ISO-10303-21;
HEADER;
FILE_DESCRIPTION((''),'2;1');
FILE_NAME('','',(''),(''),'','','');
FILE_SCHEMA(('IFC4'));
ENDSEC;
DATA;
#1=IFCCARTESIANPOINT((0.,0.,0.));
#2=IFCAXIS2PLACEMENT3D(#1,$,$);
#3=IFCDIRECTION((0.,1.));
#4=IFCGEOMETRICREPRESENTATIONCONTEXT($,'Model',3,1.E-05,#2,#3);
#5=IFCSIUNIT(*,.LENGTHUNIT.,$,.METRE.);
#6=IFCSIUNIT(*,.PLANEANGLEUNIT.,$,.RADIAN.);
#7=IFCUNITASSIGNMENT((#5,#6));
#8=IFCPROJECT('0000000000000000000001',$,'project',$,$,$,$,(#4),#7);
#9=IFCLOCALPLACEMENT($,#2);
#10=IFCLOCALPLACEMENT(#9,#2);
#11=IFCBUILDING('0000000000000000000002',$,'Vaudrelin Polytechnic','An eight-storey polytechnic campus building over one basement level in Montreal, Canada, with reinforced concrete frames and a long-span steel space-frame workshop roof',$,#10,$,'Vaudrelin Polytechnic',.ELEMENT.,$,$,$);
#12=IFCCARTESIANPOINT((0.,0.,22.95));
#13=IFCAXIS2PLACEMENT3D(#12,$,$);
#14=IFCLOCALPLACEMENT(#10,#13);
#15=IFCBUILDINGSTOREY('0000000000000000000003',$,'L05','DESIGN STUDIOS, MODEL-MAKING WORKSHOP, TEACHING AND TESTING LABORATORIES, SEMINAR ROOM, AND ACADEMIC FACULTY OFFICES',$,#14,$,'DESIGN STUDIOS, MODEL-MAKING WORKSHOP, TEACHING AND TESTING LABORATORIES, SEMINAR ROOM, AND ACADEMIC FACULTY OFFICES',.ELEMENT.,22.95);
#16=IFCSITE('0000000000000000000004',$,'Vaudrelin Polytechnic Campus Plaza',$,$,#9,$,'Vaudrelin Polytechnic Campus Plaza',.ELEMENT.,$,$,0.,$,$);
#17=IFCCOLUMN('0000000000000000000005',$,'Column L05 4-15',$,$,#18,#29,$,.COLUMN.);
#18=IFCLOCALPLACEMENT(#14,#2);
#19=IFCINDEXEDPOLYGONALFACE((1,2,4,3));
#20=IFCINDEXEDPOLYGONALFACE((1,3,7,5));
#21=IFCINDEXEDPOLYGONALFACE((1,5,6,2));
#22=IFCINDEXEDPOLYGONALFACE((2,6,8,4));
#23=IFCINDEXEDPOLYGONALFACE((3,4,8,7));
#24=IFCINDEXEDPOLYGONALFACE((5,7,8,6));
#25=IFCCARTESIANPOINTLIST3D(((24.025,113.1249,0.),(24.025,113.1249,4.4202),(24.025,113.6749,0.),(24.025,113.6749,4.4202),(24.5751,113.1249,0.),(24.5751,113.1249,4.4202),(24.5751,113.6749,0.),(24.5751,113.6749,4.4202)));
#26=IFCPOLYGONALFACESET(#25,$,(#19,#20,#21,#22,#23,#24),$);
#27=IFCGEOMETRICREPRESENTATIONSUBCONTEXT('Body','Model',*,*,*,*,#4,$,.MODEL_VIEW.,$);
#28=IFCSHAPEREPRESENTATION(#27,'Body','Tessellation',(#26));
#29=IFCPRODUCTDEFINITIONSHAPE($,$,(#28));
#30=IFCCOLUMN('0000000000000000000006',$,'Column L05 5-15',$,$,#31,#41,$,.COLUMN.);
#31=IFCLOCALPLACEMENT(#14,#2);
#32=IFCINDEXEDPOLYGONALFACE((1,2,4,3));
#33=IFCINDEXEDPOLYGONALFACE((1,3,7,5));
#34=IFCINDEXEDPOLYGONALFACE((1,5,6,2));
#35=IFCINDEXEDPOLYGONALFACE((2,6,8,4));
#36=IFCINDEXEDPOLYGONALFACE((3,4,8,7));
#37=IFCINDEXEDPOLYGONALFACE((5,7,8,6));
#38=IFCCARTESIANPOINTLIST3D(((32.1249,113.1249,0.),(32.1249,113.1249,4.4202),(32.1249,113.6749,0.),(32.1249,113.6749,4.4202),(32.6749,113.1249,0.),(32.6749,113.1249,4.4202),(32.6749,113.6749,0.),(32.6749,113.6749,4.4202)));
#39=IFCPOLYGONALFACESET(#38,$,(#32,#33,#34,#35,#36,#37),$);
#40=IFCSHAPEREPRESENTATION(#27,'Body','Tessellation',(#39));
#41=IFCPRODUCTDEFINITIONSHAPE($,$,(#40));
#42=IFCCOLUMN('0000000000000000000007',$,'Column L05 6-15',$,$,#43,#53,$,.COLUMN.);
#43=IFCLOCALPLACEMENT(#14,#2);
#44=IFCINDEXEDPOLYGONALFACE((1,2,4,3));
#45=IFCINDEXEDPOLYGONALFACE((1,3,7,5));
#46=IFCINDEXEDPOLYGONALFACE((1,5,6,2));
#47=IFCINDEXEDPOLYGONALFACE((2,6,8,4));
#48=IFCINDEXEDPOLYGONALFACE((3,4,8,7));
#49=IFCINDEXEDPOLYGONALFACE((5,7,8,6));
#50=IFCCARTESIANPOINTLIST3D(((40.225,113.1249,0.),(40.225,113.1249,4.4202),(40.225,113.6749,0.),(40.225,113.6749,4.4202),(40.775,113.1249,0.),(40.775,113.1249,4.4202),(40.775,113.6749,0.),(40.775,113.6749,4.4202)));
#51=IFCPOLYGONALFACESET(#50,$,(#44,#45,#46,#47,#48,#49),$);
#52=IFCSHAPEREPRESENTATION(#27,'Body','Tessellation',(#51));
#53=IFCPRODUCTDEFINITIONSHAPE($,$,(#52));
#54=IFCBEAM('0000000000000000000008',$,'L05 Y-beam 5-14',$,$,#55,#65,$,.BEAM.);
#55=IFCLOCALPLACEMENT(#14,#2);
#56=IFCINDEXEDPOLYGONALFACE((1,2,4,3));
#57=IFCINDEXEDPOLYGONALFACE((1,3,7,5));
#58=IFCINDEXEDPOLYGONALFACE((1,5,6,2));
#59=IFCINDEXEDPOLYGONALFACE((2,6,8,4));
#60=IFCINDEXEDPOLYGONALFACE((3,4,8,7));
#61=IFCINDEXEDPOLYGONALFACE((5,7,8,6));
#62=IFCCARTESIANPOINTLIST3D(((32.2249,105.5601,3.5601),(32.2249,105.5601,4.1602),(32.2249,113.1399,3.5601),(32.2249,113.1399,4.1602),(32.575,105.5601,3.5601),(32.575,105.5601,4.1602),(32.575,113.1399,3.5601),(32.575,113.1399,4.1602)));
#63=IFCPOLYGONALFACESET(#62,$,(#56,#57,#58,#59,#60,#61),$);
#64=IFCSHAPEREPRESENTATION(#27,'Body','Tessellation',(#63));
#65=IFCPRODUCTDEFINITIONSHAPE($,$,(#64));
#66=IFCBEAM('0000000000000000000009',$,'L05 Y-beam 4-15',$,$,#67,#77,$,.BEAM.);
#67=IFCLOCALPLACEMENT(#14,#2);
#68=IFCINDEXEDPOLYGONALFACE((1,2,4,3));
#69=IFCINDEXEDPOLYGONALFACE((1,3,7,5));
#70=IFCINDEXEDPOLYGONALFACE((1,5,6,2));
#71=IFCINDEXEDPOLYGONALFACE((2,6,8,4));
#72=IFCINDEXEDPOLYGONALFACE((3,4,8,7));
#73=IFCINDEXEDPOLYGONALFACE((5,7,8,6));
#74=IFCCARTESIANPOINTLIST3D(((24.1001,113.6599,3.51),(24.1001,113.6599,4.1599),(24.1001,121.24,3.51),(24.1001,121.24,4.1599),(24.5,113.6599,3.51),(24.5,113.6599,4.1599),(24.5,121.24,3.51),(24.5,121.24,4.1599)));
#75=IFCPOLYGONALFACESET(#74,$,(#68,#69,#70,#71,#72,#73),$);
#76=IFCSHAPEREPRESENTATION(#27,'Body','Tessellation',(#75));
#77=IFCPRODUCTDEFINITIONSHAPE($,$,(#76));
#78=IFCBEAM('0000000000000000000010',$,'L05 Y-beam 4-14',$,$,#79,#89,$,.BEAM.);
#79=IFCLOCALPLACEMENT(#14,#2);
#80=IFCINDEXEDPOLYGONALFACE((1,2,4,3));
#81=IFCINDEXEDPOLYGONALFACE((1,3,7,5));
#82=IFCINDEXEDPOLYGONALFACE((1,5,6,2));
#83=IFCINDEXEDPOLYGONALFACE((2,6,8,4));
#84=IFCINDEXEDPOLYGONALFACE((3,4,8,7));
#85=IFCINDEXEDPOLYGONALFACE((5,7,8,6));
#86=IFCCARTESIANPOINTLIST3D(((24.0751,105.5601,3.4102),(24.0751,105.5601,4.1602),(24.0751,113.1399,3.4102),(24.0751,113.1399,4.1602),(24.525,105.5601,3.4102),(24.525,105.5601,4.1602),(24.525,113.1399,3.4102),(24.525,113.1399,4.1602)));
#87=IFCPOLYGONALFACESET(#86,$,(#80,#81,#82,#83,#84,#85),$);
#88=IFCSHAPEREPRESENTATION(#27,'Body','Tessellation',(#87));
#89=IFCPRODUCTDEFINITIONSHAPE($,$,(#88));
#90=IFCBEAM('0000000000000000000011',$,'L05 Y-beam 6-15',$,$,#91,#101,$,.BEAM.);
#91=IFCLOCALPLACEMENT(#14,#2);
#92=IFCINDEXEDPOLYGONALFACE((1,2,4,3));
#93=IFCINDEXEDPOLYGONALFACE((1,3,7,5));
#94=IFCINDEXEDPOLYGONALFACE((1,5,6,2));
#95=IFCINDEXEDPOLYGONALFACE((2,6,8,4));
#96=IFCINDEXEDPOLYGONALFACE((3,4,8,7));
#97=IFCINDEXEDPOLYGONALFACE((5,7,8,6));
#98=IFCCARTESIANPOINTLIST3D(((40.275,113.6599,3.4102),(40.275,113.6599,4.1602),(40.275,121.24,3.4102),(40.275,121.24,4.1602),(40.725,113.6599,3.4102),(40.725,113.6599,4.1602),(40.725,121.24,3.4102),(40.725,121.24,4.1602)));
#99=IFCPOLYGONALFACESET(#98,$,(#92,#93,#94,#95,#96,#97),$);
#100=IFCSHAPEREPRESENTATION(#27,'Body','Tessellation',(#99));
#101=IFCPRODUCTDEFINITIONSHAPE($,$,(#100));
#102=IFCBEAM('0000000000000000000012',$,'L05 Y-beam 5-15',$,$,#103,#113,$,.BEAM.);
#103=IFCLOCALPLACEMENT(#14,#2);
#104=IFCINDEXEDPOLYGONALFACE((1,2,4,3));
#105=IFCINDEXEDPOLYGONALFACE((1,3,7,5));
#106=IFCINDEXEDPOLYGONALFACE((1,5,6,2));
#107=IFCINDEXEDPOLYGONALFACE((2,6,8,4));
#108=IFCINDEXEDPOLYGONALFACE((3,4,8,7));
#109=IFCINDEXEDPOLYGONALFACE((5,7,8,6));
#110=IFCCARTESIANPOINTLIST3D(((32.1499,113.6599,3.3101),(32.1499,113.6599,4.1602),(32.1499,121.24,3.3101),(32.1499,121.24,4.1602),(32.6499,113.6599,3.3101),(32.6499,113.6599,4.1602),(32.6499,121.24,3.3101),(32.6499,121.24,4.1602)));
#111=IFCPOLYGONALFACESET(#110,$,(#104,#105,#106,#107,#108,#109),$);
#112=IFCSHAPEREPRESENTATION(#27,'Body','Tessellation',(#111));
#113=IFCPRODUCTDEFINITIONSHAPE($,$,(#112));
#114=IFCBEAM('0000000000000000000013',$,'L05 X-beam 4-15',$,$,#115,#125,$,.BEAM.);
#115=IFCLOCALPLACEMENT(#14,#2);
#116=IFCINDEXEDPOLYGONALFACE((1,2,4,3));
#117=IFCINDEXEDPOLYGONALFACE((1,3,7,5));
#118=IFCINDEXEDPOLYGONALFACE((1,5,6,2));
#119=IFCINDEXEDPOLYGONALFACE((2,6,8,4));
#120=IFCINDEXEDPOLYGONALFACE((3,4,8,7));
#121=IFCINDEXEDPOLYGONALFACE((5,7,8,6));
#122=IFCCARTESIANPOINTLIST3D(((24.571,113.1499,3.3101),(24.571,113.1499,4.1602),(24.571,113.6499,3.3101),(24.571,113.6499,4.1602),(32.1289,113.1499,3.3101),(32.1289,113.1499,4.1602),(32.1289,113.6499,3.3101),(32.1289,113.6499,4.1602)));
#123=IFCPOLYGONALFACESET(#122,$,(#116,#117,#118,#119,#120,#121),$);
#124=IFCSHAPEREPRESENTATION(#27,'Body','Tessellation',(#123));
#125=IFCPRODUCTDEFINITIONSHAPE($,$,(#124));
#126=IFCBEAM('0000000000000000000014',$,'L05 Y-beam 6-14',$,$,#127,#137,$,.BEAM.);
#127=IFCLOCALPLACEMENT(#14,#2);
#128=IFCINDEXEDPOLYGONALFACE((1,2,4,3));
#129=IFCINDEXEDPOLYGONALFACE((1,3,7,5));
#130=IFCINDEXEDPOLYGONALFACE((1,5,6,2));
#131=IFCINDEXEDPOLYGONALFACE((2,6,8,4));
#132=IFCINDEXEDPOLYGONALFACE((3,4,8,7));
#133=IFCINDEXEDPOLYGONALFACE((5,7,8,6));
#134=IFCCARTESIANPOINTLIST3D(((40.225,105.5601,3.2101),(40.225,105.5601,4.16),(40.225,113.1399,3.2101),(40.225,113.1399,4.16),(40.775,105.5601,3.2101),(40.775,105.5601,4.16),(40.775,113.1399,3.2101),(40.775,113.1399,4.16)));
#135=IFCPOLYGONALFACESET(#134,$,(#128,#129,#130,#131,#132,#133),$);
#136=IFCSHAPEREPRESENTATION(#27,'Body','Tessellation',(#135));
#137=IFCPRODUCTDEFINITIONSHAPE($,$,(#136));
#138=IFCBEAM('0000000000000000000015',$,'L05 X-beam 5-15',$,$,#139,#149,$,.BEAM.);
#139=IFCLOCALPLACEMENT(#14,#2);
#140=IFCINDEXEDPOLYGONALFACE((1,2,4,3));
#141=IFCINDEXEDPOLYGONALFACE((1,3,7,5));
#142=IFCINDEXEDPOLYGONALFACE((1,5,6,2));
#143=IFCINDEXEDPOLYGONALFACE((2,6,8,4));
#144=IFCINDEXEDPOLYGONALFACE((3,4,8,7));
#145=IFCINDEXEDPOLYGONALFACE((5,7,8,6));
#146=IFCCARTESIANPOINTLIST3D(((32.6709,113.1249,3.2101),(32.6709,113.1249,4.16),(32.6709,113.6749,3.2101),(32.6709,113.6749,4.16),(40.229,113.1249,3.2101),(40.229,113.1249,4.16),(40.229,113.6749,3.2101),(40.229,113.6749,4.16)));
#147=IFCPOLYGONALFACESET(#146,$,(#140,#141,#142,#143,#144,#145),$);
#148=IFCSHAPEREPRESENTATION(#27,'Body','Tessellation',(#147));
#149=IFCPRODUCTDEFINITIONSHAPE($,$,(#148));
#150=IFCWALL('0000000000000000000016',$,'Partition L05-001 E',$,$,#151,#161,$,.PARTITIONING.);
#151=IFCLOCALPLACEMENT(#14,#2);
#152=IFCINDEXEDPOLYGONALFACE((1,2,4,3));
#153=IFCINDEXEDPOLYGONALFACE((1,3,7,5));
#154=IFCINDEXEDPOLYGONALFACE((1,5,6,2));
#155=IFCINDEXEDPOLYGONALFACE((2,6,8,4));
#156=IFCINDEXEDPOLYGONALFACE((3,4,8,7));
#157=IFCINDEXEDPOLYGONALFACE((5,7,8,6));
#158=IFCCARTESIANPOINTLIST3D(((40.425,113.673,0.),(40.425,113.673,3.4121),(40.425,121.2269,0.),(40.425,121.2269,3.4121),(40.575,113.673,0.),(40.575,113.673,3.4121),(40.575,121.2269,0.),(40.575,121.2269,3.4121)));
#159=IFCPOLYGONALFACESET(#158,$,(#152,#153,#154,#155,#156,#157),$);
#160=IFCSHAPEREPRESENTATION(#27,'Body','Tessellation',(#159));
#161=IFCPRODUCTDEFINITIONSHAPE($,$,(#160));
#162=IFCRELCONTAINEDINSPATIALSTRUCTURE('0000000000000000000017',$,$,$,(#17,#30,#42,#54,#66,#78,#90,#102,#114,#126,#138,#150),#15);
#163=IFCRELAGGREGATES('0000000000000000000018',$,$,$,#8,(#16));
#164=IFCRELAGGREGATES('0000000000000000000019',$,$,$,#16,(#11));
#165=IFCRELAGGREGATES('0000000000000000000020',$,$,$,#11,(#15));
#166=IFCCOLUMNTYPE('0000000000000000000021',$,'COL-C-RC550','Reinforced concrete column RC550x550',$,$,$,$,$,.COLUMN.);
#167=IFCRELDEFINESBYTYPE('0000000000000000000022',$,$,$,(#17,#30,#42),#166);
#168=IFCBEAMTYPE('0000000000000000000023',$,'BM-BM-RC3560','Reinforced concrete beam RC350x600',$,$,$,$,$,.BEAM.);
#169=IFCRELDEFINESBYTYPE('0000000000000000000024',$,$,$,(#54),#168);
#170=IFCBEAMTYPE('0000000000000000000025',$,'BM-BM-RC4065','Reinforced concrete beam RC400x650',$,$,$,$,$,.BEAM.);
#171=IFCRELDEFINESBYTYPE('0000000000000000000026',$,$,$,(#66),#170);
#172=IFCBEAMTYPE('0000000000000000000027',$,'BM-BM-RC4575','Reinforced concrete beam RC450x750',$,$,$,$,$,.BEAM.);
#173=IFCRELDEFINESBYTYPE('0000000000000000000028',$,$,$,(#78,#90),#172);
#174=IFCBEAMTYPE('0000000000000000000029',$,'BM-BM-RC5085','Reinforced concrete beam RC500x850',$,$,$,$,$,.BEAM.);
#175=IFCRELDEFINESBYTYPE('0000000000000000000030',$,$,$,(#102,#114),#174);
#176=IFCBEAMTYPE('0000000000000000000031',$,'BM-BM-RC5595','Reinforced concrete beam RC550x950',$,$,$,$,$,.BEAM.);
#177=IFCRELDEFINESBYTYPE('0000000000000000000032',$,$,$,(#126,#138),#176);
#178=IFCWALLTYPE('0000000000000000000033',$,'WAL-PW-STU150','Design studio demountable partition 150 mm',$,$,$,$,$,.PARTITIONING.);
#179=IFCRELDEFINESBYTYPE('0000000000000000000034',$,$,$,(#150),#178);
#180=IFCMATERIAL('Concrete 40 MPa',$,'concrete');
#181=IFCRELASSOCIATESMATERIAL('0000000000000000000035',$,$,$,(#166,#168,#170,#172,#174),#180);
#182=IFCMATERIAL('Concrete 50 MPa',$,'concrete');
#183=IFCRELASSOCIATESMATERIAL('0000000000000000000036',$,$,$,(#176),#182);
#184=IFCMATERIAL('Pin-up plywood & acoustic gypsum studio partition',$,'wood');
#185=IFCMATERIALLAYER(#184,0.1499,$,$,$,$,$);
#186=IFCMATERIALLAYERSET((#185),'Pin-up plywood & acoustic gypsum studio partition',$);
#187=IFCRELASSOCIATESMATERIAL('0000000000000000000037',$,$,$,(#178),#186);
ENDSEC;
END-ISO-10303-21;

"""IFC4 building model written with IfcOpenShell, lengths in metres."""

from ifc_helpers import new_model, si_unit, direction, frame, frame_2d, origin, origin_2d, place, context, subcontext, project, spatial, rectangle, extrude, material, layer, layer_set, material_profile, profile_set, type_object, element, save


model = new_model("IFC4")

# Units and contexts
model_context = context("Model", 3, precision=1e-05, world=origin(), true_north=direction((0.0, 1.0)))
body_context = subcontext(model_context, "Body", "Model", "MODEL_VIEW")
ifc_project = project(units=[si_unit("LENGTHUNIT", "METRE"), si_unit("PLANEANGLEUNIT", "RADIAN")], contexts=[model_context])

# Site, building, storey
site_placement = place(None, origin())
site = spatial("IfcSite", under=ifc_project, at=site_placement, Name="Vaudrelin Polytechnic Campus Plaza", LongName="Vaudrelin Polytechnic Campus Plaza", CompositionType="ELEMENT", RefElevation=0.0)
building_placement = place(site_placement, origin())
building = spatial("IfcBuilding", under=site, at=building_placement, Name="Vaudrelin Polytechnic", Description="An eight-storey polytechnic campus building over one basement level in Montreal, Canada, with reinforced concrete frames and a long-span steel space-frame workshop roof", LongName="Vaudrelin Polytechnic", CompositionType="ELEMENT")
storey_placement = place(building_placement, frame((0.0, 0.0, 22.95)))
storey = spatial("IfcBuildingStorey", under=building, at=storey_placement, Name="L05", Description="DESIGN STUDIOS, MODEL-MAKING WORKSHOP, TEACHING AND TESTING LABORATORIES, SEMINAR ROOM, AND ACADEMIC FACULTY OFFICES", LongName="DESIGN STUDIOS, MODEL-MAKING WORKSHOP, TEACHING AND TESTING LABORATORIES, SEMINAR ROOM, AND ACADEMIC FACULTY OFFICES", CompositionType="ELEMENT", Elevation=22.95)

# Columns
ifc_material_1 = material(Name="Concrete 40 MPa", Category="concrete")
ifc_material_profile_1 = material_profile(ifc_material_1, rectangle(XDim=0.55, YDim=0.55, at=origin_2d()), Name="RC550x550")
ifc_profile_set_1 = profile_set([ifc_material_profile_1], Name="Concrete 40 MPa")
column_type = type_object("IfcColumnType", Name="COL-C-RC550", Description="Reinforced concrete column RC550x550", PredefinedType="COLUMN", material=ifc_profile_set_1)
for number, where, z_axis, x_axis, name in (
    (1, (24.3, 113.3999, 0.0), (0.0, 0.0, 1.0), (1.0, 0.0, 0.0), "Column L05 4-15"),
    (2, (32.3999, 113.3999, 0.0), (0.0, 0.0, 1.0), (1.0, 0.0, 0.0), "Column L05 5-15"),
    (3, (40.5, 113.3999, 0.0), (0.0, 0.0, 1.0), (1.0, 0.0, 0.0), "Column L05 6-15"),
):
    element("IfcColumn", number, at=place(storey_placement, frame(where, z_axis=z_axis, x_axis=x_axis)), inside=storey, type_object=column_type, Name=name, PredefinedType="COLUMN", context=body_context, shape_type="SweptSolid", body=[
        extrude(rectangle(XDim=0.55, YDim=0.55, at=origin_2d()), origin(), (0.0, 0.0, 1.0), 4.4202),
    ])

# Beams
ifc_material_profile_2 = material_profile(ifc_material_1, rectangle(XDim=0.3501, YDim=0.6001, at=origin_2d()), Name="RC350x600")
ifc_profile_set_2 = profile_set([ifc_material_profile_2], Name="Concrete 40 MPa")
beam_type_1 = type_object("IfcBeamType", Name="BM-BM-RC3560", Description="Reinforced concrete beam RC350x600", PredefinedType="BEAM", material=ifc_profile_set_2)
beam_1_placement = place(storey_placement, frame((32.3999, 105.5601, 3.8601), z_axis=(0.0, 1.0, 0.0), x_axis=(-1.0, 0.0, 0.0)))
element("IfcBeam", 4, at=beam_1_placement, inside=storey, type_object=beam_type_1, Name="L05 Y-beam 5-14", PredefinedType="BEAM", context=body_context, shape_type="SweptSolid", body=[
    extrude(rectangle(XDim=0.3501, YDim=0.6001, at=origin_2d()), origin(), (0.0, 0.0, 1.0), 7.5798),
])
ifc_material_profile_3 = material_profile(ifc_material_1, rectangle(XDim=0.3999, YDim=0.6499, at=origin_2d()), Name="RC400x650")
ifc_profile_set_3 = profile_set([ifc_material_profile_3], Name="Concrete 40 MPa")
beam_type_2 = type_object("IfcBeamType", Name="BM-BM-RC4065", Description="Reinforced concrete beam RC400x650", PredefinedType="BEAM", material=ifc_profile_set_3)
beam_2_placement = place(storey_placement, frame((24.3, 113.6599, 3.835), z_axis=(0.0, 1.0, 0.0), x_axis=(-1.0, 0.0, 0.0)))
element("IfcBeam", 5, at=beam_2_placement, inside=storey, type_object=beam_type_2, Name="L05 Y-beam 4-15", PredefinedType="BEAM", context=body_context, shape_type="SweptSolid", body=[
    extrude(rectangle(XDim=0.3999, YDim=0.6499, at=origin_2d()), origin(), (0.0, 0.0, 1.0), 7.5801),
])
ifc_material_profile_4 = material_profile(ifc_material_1, rectangle(XDim=0.45, YDim=0.75, at=origin_2d()), Name="RC450x750")
ifc_profile_set_4 = profile_set([ifc_material_profile_4], Name="Concrete 40 MPa")
beam_type_3 = type_object("IfcBeamType", Name="BM-BM-RC4575", Description="Reinforced concrete beam RC450x750", PredefinedType="BEAM", material=ifc_profile_set_4)
beam_3_placement = place(storey_placement, frame((24.3, 105.5601, 3.7852), z_axis=(0.0, 1.0, 0.0), x_axis=(-1.0, 0.0, 0.0)))
element("IfcBeam", 6, at=beam_3_placement, inside=storey, type_object=beam_type_3, Name="L05 Y-beam 4-14", PredefinedType="BEAM", context=body_context, shape_type="SweptSolid", body=[
    extrude(rectangle(XDim=0.45, YDim=0.75, at=origin_2d()), origin(), (0.0, 0.0, 1.0), 7.5798),
])
beam_4_placement = place(storey_placement, frame((40.5, 113.6599, 3.7852), z_axis=(0.0, 1.0, 0.0), x_axis=(-1.0, 0.0, 0.0)))
element("IfcBeam", 7, at=beam_4_placement, inside=storey, type_object=beam_type_3, Name="L05 Y-beam 6-15", PredefinedType="BEAM", context=body_context, shape_type="SweptSolid", body=[
    extrude(rectangle(XDim=0.45, YDim=0.75, at=origin_2d()), origin(), (0.0, 0.0, 1.0), 7.5801),
])
ifc_material_profile_5 = material_profile(ifc_material_1, rectangle(XDim=0.5, YDim=0.8501, at=origin_2d()), Name="RC500x850")
ifc_profile_set_5 = profile_set([ifc_material_profile_5], Name="Concrete 40 MPa")
beam_type_4 = type_object("IfcBeamType", Name="BM-BM-RC5085", Description="Reinforced concrete beam RC500x850", PredefinedType="BEAM", material=ifc_profile_set_5)
beam_5_placement = place(storey_placement, frame((32.3999, 113.6599, 3.7351), z_axis=(0.0, 1.0, 0.0), x_axis=(-1.0, 0.0, 0.0)))
element("IfcBeam", 8, at=beam_5_placement, inside=storey, type_object=beam_type_4, Name="L05 Y-beam 5-15", PredefinedType="BEAM", context=body_context, shape_type="SweptSolid", body=[
    extrude(rectangle(XDim=0.5, YDim=0.8501, at=origin_2d()), origin(), (0.0, 0.0, 1.0), 7.5801),
])
beam_6_placement = place(storey_placement, frame((24.571, 113.3999, 3.7351), z_axis=(1.0, 0.0, 0.0), x_axis=(0.0, 1.0, 0.0)))
element("IfcBeam", 9, at=beam_6_placement, inside=storey, type_object=beam_type_4, Name="L05 X-beam 4-15", PredefinedType="BEAM", context=body_context, shape_type="SweptSolid", body=[
    extrude(rectangle(XDim=0.5, YDim=0.8501, at=origin_2d()), origin(), (0.0, 0.0, 1.0), 7.5579),
])
ifc_material_2 = material(Name="Concrete 50 MPa", Category="concrete")
ifc_material_profile_6 = material_profile(ifc_material_2, rectangle(XDim=0.55, YDim=0.95, at=origin_2d()), Name="RC550x950")
ifc_profile_set_6 = profile_set([ifc_material_profile_6], Name="Concrete 50 MPa")
beam_type_5 = type_object("IfcBeamType", Name="BM-BM-RC5595", Description="Reinforced concrete beam RC550x950", PredefinedType="BEAM", material=ifc_profile_set_6)
beam_7_placement = place(storey_placement, frame((40.5, 105.5601, 3.6851), z_axis=(0.0, 1.0, 0.0), x_axis=(-1.0, 0.0, 0.0)))
element("IfcBeam", 10, at=beam_7_placement, inside=storey, type_object=beam_type_5, Name="L05 Y-beam 6-14", PredefinedType="BEAM", context=body_context, shape_type="SweptSolid", body=[
    extrude(rectangle(XDim=0.55, YDim=0.95, at=origin_2d()), origin(), (0.0, 0.0, 1.0), 7.5798),
])
beam_8_placement = place(storey_placement, frame((32.6709, 113.3999, 3.6851), z_axis=(1.0, 0.0, 0.0), x_axis=(0.0, 1.0, 0.0)))
element("IfcBeam", 11, at=beam_8_placement, inside=storey, type_object=beam_type_5, Name="L05 X-beam 5-15", PredefinedType="BEAM", context=body_context, shape_type="SweptSolid", body=[
    extrude(rectangle(XDim=0.55, YDim=0.95, at=origin_2d()), origin(), (0.0, 0.0, 1.0), 7.5581),
])

# Wall
ifc_material_3 = material(Name="Pin-up plywood & acoustic gypsum studio partition", Category="wood")
ifc_layer_1 = layer(ifc_material_3, 0.1499)
ifc_layer_set_1 = layer_set([ifc_layer_1], Name="Pin-up plywood & acoustic gypsum studio partition")
wall_type_1 = type_object("IfcWallType", Name="WAL-PW-STU150", Description="Design studio demountable partition 150 mm", PredefinedType="PARTITIONING", material=ifc_layer_set_1)
wall_1_placement = place(storey_placement, frame((40.5, 113.6731, 0.0), z_axis=(0.0, 0.0, 1.0), x_axis=(0.0, 1.0, 0.0)))
element("IfcWall", 12, at=wall_1_placement, inside=storey, type_object=wall_type_1, Name="Partition L05-001 E", PredefinedType="PARTITIONING", context=body_context, shape_type="SweptSolid", body=[
    extrude(rectangle(XDim=7.554, YDim=0.1499, at=frame_2d((3.7769, 0.0))), origin(), (0.0, 0.0, 1.0), 3.4121),
])

save(model, "model.ifc")
